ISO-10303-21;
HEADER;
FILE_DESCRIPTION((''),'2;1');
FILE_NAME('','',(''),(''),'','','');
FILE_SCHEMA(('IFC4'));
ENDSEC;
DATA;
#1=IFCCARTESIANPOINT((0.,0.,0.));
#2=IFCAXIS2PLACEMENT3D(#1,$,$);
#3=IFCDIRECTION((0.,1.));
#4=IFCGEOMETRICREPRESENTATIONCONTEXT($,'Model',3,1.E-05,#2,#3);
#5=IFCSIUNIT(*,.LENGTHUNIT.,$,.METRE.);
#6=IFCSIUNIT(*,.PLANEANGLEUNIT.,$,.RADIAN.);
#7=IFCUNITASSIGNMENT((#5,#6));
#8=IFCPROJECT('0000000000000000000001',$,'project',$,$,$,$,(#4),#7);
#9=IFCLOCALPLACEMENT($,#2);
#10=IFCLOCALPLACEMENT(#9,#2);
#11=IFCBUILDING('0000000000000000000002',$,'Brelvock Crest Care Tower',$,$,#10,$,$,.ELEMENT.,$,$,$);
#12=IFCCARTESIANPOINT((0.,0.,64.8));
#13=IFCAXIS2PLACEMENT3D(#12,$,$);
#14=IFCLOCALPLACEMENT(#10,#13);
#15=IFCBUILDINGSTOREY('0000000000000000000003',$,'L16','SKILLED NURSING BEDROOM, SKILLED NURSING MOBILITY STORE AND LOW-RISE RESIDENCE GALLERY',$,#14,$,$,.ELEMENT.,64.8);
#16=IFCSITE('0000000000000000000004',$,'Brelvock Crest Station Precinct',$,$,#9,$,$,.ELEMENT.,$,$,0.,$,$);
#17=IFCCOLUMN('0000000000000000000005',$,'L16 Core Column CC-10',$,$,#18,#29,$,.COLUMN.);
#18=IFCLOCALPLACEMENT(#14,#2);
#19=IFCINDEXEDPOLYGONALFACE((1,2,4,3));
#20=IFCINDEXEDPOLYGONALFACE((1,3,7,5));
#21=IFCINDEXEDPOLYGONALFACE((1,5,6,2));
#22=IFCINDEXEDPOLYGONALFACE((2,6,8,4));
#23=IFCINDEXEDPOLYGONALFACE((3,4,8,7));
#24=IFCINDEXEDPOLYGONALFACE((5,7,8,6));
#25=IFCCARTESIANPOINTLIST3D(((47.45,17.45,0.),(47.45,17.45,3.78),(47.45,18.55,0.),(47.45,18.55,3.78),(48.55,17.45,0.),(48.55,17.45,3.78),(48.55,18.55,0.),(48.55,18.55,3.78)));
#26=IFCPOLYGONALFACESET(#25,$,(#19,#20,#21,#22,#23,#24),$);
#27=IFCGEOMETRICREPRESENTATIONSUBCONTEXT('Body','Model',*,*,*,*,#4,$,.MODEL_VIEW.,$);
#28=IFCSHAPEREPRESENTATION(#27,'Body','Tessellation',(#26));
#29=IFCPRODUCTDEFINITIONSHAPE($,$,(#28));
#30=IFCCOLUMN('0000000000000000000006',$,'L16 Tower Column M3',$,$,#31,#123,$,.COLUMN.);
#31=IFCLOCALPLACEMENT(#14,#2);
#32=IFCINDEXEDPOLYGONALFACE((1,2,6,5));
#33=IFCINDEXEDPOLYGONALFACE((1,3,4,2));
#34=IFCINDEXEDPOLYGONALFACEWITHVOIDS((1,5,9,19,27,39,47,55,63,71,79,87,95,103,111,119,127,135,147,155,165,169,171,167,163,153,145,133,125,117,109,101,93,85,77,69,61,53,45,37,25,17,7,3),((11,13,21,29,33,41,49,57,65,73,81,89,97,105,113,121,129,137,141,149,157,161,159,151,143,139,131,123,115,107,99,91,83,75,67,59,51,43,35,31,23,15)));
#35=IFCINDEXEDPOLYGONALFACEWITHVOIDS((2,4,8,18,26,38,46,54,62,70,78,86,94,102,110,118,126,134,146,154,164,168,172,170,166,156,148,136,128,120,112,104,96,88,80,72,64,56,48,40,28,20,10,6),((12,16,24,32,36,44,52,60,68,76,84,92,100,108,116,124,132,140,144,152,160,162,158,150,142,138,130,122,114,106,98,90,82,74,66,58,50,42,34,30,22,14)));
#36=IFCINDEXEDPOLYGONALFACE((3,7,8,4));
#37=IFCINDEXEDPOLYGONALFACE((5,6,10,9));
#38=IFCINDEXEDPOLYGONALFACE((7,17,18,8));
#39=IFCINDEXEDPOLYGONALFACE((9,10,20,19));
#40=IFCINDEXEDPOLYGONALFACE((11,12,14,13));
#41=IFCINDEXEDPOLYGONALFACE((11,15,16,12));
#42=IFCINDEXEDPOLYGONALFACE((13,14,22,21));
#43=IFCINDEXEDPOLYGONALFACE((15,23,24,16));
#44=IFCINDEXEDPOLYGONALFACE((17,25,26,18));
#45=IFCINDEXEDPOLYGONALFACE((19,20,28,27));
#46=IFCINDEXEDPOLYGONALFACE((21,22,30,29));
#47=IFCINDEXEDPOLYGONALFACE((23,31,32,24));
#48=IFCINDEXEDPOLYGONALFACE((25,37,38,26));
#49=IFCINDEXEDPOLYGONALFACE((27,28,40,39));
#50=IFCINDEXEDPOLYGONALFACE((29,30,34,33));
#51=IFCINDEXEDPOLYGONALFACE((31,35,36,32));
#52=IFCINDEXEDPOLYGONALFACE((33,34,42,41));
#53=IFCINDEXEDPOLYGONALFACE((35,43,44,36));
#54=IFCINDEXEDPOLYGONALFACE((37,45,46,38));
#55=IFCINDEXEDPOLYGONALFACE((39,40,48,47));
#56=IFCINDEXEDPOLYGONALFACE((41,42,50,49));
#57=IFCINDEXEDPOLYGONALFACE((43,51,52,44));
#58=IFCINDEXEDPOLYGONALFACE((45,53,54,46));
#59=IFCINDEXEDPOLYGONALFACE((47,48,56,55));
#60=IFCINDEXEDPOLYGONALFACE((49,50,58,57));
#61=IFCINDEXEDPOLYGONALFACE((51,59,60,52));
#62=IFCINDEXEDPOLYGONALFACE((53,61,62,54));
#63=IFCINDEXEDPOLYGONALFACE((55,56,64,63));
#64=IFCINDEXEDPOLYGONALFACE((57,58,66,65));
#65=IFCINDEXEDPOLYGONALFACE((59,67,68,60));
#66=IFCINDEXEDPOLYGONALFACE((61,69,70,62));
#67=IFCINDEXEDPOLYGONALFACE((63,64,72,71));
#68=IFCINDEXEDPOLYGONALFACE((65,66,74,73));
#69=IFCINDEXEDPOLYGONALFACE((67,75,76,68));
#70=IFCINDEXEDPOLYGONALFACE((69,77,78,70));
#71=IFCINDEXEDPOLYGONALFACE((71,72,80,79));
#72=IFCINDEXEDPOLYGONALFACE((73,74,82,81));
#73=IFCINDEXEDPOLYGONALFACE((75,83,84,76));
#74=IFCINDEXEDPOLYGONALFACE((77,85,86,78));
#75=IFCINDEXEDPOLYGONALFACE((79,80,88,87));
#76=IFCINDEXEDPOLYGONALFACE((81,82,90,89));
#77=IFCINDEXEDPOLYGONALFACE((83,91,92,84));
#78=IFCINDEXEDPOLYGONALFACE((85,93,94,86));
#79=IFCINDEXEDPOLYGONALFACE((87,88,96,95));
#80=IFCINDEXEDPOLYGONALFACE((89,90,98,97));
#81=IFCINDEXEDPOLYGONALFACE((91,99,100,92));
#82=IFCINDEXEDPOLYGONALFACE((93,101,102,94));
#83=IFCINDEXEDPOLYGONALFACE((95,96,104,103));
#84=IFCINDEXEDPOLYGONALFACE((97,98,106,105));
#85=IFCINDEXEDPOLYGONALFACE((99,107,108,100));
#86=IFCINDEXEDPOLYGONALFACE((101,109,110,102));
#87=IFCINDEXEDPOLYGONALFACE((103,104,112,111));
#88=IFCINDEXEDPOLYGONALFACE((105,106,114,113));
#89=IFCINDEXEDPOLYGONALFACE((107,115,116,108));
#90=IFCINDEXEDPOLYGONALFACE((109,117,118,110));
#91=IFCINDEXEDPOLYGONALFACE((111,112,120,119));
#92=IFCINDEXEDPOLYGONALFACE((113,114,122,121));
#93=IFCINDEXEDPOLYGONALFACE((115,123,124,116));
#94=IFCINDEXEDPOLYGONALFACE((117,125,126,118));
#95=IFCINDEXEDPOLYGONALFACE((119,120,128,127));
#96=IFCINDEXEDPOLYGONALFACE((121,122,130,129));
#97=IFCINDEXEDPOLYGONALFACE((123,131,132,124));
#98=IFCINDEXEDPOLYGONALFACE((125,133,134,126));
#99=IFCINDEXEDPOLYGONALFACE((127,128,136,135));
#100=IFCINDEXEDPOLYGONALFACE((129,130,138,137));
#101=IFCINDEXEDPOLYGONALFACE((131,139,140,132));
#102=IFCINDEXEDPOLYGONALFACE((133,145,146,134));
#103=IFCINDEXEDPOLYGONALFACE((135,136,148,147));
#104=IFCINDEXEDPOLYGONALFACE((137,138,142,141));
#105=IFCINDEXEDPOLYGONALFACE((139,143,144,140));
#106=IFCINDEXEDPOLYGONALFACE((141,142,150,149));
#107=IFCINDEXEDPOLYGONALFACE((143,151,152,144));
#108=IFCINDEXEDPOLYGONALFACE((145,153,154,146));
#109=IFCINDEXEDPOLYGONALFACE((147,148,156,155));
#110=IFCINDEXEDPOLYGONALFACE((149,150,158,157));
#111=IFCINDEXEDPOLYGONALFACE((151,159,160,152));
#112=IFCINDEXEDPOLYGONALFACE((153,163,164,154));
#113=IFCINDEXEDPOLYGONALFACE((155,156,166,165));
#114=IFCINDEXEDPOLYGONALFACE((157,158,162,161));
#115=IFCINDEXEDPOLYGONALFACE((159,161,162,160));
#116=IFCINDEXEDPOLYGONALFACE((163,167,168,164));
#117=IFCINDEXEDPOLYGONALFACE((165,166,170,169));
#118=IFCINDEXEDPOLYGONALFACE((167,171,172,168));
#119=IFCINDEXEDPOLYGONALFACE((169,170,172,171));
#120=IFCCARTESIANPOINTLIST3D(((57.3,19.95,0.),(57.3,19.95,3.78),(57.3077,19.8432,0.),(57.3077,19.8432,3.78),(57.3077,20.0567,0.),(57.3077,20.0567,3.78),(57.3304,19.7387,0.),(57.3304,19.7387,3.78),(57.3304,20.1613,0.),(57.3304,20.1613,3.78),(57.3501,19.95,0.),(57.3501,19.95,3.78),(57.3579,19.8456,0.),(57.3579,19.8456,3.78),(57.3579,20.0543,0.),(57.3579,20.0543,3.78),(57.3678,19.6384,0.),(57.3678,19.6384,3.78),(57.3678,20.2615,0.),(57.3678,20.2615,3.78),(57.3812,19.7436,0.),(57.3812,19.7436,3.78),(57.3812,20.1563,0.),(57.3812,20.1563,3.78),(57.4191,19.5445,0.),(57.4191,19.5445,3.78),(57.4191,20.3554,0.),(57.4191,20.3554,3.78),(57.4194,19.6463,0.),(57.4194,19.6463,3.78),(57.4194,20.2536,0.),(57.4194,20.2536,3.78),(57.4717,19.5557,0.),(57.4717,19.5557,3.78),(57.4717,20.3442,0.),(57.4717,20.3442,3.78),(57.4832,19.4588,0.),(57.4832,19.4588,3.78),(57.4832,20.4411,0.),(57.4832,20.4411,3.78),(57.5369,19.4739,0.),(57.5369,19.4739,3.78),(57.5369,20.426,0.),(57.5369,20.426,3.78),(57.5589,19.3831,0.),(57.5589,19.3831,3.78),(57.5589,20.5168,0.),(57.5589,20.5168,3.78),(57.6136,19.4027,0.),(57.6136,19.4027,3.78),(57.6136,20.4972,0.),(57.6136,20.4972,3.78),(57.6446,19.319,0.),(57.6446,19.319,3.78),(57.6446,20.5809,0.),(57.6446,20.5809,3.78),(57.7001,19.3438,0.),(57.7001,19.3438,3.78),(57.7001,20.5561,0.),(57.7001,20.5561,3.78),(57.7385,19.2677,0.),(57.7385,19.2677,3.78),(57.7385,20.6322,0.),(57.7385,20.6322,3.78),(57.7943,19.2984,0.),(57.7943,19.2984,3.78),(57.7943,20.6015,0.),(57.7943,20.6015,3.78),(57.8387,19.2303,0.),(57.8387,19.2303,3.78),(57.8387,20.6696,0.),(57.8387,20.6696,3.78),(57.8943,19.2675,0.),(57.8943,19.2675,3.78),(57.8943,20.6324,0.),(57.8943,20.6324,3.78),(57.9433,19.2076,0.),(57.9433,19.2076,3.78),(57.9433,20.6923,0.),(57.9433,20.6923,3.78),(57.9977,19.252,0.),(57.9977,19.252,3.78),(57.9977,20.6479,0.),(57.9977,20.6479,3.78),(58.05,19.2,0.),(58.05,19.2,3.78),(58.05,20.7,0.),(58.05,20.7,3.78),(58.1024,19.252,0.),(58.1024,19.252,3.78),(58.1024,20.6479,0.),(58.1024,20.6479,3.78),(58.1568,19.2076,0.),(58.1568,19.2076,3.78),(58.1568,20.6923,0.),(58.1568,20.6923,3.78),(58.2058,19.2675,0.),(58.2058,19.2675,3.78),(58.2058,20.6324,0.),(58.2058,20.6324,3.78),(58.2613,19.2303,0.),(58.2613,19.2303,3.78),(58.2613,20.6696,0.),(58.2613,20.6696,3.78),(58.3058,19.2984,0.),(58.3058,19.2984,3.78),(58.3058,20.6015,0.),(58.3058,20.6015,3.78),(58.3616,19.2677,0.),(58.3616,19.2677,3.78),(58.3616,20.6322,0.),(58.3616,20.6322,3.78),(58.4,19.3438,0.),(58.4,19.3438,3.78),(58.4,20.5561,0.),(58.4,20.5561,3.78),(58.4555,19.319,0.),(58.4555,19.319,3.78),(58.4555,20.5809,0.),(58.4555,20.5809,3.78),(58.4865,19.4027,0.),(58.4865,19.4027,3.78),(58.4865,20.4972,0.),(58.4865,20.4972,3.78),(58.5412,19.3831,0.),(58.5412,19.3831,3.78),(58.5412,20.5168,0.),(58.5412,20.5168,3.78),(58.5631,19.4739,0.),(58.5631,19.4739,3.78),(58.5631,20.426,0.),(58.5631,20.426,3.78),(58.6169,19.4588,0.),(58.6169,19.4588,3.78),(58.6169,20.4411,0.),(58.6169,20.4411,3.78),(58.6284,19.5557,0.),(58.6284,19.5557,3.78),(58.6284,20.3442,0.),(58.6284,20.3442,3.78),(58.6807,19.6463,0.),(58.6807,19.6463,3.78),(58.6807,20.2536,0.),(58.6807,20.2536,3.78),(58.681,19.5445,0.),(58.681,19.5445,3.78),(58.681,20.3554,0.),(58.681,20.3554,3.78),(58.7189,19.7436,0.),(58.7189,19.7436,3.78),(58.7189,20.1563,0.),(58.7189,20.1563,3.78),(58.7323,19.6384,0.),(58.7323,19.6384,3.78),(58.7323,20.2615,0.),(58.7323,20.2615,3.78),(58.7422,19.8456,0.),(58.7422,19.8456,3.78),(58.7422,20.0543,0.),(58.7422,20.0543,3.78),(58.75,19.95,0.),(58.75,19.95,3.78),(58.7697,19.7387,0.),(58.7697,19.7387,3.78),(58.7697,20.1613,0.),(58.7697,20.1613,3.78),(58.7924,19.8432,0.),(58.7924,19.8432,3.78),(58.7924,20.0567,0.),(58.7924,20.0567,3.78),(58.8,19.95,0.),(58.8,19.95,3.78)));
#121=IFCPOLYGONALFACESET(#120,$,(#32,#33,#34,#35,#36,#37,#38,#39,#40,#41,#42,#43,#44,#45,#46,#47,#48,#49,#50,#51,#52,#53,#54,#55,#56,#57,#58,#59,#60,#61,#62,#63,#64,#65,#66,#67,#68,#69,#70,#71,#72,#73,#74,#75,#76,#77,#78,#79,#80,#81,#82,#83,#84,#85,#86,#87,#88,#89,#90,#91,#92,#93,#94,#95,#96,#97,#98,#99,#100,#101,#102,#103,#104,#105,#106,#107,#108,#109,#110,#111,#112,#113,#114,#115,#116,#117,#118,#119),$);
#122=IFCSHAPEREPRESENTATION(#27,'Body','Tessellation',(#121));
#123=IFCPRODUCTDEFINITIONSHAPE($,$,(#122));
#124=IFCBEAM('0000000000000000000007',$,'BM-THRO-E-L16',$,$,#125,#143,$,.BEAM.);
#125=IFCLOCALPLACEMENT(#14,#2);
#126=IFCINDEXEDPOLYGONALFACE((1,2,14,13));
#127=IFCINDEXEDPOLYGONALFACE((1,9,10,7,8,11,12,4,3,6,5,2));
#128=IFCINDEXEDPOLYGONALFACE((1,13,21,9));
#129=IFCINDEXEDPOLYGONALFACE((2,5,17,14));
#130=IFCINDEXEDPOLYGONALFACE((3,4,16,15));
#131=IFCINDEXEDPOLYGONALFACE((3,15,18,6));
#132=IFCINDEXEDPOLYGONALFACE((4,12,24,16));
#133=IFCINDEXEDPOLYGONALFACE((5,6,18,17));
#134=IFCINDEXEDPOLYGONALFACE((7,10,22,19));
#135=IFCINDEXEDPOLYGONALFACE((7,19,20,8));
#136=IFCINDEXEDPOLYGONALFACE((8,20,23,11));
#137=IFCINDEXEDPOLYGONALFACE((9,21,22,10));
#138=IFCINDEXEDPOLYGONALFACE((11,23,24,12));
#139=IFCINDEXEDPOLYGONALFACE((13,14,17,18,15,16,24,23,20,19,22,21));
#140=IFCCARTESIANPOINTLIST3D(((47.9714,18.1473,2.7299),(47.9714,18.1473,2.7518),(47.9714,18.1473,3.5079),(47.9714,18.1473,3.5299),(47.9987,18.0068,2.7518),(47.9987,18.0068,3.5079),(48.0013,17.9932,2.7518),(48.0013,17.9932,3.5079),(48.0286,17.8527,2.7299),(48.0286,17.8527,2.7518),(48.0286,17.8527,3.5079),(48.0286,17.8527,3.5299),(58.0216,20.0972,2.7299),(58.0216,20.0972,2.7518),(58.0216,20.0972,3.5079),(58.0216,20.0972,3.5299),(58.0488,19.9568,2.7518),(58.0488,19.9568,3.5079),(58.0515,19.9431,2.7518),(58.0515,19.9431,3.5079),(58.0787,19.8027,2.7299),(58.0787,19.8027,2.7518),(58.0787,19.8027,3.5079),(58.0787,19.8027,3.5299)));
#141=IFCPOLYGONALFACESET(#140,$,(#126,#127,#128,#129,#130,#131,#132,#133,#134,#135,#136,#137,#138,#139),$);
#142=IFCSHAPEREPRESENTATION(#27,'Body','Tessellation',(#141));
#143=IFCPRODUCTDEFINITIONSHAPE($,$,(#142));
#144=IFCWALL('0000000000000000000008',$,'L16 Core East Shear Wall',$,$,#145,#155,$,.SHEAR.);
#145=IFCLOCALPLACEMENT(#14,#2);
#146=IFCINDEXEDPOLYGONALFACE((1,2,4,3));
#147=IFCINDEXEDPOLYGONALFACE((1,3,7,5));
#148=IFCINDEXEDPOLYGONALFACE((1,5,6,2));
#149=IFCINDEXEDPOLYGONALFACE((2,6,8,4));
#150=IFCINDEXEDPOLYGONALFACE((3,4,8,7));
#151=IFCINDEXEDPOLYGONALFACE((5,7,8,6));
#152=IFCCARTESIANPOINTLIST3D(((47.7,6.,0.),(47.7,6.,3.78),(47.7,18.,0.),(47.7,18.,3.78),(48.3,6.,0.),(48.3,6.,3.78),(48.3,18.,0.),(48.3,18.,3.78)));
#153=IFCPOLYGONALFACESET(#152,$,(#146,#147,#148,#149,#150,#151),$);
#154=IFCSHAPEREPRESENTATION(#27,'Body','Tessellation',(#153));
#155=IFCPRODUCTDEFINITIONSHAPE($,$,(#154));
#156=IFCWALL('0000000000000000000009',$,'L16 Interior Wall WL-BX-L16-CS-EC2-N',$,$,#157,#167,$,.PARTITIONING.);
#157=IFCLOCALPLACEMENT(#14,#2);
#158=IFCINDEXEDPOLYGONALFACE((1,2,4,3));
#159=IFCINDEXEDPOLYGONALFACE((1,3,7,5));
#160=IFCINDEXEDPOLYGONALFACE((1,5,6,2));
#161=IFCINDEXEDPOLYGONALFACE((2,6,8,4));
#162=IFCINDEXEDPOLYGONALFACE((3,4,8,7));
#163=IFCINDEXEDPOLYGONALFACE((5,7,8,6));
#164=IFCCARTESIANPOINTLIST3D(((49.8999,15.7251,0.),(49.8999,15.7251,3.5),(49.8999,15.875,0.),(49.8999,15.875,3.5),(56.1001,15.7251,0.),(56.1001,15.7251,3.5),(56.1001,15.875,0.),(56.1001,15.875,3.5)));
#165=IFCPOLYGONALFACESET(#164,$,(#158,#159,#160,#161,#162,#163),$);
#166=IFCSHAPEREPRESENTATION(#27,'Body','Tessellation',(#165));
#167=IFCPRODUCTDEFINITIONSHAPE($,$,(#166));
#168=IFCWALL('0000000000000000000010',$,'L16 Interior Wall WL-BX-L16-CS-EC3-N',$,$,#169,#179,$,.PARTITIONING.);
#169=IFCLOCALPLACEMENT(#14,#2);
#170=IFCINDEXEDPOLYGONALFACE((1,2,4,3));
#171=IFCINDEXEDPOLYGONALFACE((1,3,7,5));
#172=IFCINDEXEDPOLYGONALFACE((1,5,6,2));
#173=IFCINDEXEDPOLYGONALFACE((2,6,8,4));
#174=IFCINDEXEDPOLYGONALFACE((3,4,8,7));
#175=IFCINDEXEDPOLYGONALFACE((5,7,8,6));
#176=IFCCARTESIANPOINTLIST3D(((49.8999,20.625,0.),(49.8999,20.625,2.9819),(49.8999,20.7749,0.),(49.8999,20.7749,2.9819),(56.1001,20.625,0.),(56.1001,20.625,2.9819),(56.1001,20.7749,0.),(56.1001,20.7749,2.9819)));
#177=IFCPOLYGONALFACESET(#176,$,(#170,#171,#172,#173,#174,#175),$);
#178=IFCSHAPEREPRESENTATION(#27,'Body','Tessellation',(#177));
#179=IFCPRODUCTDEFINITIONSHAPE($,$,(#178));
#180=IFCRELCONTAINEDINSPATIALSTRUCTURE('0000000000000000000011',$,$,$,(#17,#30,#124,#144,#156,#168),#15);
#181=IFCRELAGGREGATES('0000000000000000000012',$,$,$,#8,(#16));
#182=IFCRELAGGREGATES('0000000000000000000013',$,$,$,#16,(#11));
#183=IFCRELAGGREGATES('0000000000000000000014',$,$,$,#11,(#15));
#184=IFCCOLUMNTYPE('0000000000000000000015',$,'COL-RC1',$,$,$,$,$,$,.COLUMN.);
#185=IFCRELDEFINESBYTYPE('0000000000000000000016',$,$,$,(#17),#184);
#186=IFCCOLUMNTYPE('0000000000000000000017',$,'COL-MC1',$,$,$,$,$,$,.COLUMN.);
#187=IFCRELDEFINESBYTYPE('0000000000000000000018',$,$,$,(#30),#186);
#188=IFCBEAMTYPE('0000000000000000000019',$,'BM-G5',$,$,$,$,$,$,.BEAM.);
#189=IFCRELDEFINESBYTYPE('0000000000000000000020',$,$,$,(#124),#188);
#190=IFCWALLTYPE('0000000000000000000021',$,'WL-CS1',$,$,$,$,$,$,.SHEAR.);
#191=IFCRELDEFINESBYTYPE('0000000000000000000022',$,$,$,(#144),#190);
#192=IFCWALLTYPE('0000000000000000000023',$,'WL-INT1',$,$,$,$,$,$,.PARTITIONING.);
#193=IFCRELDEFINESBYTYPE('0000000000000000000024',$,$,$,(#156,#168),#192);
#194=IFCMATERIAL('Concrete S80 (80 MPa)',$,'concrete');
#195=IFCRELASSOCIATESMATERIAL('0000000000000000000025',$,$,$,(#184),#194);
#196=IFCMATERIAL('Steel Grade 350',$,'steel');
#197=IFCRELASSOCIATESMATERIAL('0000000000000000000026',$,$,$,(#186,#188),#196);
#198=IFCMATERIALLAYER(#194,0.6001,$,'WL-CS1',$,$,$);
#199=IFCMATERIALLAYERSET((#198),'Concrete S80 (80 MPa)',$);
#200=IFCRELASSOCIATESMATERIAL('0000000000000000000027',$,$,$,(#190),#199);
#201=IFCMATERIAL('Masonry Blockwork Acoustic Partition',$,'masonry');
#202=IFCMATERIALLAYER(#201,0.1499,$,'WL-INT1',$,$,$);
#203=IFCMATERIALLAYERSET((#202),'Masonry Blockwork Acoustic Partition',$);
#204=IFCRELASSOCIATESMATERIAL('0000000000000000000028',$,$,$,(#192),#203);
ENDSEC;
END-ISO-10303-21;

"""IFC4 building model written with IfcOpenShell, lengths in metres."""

from ifc_helpers import new_model, si_unit, direction, frame, frame_2d, origin, origin_2d, place, context, subcontext, project, spatial, rectangle, hollow_circle, i_section, extrude, source, transform, mapped, material, layer, layer_set, material_profile, profile_set, type_object, element, save


model = new_model("IFC4")

# Units and contexts
model_context = context("Model", 3, precision=1e-05, world=origin(), true_north=direction((0.0, 1.0)))
body_context = subcontext(model_context, "Body", "Model", "MODEL_VIEW")
ifc_project = project(units=[si_unit("LENGTHUNIT", "METRE"), si_unit("PLANEANGLEUNIT", "RADIAN")], contexts=[model_context])

# Site, building, storey
site_placement = place(None, origin())
site = spatial("IfcSite", under=ifc_project, at=site_placement, Name="Brelvock Crest Station Precinct", CompositionType="ELEMENT", RefElevation=0.0)
building_placement = place(site_placement, origin())
building = spatial("IfcBuilding", under=site, at=building_placement, Name="Brelvock Crest Care Tower", CompositionType="ELEMENT")
storey_placement = place(building_placement, frame((0.0, 0.0, 64.8)))
storey = spatial("IfcBuildingStorey", under=building, at=storey_placement, Name="L16", Description="SKILLED NURSING BEDROOM, SKILLED NURSING MOBILITY STORE AND LOW-RISE RESIDENCE GALLERY", CompositionType="ELEMENT", Elevation=64.8)

# Columns
ifc_material_1 = material(Name="Concrete S80 (80 MPa)", Category="concrete")
ifc_material_profile_1 = material_profile(ifc_material_1, rectangle(XDim=1.1001, YDim=1.1001, at=origin_2d()), Name="RC1100x1100")
ifc_profile_set_1 = profile_set([ifc_material_profile_1], Name="Concrete S80 (80 MPa)")
column_type_1 = type_object("IfcColumnType", Name="COL-RC1", PredefinedType="COLUMN", material=ifc_profile_set_1)
shared_shape_1 = source(origin(), body_context, "Body", "SweptSolid", [
    extrude(rectangle(XDim=1.1001, YDim=1.1001, at=origin_2d()), origin(), (0.0, 0.0, 1.0), 3.78),
])
column_1_placement = place(storey_placement, frame((48.0, 18.0, 0.0), z_axis=(0.0, 0.0, 1.0), x_axis=(1.0, 0.0, 0.0)))
element("IfcColumn", 1, at=column_1_placement, inside=storey, type_object=column_type_1, Name="L16 Core Column CC-10", PredefinedType="COLUMN", context=body_context, shape_type="MappedRepresentation", body=[
    mapped(shared_shape_1, transform((0.0, 0.0, 0.0), x_axis=(1.0, 0.0, 0.0), y_axis=(0.0, 1.0, 0.0), z_axis=(0.0, 0.0, 1.0), scale=1.0)),
])
ifc_material_2 = material(Name="Steel Grade 350", Category="steel")
ifc_material_profile_2 = material_profile(ifc_material_2, hollow_circle(Radius=0.75, WallThickness=0.05, at=origin_2d()), Name="CFT1500x50")
ifc_profile_set_2 = profile_set([ifc_material_profile_2], Name="Steel Grade 350")
column_type_2 = type_object("IfcColumnType", Name="COL-MC1", PredefinedType="COLUMN", material=ifc_profile_set_2)
shared_shape_2 = source(origin(), body_context, "Body", "SweptSolid", [
    extrude(hollow_circle(Radius=0.75, WallThickness=0.05, at=origin_2d()), origin(), (0.0, 0.0, 1.0), 3.78),
])
column_2_placement = place(storey_placement, frame((58.05, 19.95, 0.0), z_axis=(0.0, 0.0, 1.0), x_axis=(1.0, 0.0, 0.0)))
element("IfcColumn", 2, at=column_2_placement, inside=storey, type_object=column_type_2, Name="L16 Tower Column M3", PredefinedType="COLUMN", context=body_context, shape_type="MappedRepresentation", body=[
    mapped(shared_shape_2, transform((0.0, 0.0, 0.0), x_axis=(1.0, 0.0, 0.0), y_axis=(0.0, 1.0, 0.0), z_axis=(0.0, 0.0, 1.0), scale=1.0)),
])

# Beam
ifc_material_profile_3 = material_profile(ifc_material_2, i_section(OverallWidth=0.3, OverallDepth=0.8, WebThickness=0.0139, FlangeThickness=0.022, at=origin_2d()), Name="800WB192")
ifc_profile_set_3 = profile_set([ifc_material_profile_3], Name="Steel Grade 350")
beam_type = type_object("IfcBeamType", Name="BM-G5", PredefinedType="BEAM", material=ifc_profile_set_3)
shared_shape_3 = source(origin(), body_context, "Body", "SweptSolid", [
    extrude(i_section(OverallWidth=0.3, OverallDepth=0.8, WebThickness=0.0139, FlangeThickness=0.022, at=origin_2d()), origin(), (0.0, 0.0, 1.0), 10.2375),
])
beam_placement = place(storey_placement, frame((48.0, 18.0, 3.1299), z_axis=(0.981693, 0.190472, 0.0), x_axis=(-0.190472, 0.981693, 0.0)))
element("IfcBeam", 3, at=beam_placement, inside=storey, type_object=beam_type, Name="BM-THRO-E-L16", PredefinedType="BEAM", context=body_context, shape_type="MappedRepresentation", body=[
    mapped(shared_shape_3, transform((0.0, 0.0, 0.0), x_axis=(1.0, 0.0, 0.0), y_axis=(0.0, 1.0, 0.0), z_axis=(0.0, 0.0, 1.0), scale=1.0)),
])

# Walls
ifc_layer_1 = layer(ifc_material_1, 0.6001, Name="WL-CS1")
ifc_layer_set_1 = layer_set([ifc_layer_1], Name="Concrete S80 (80 MPa)")
wall_type_1 = type_object("IfcWallType", Name="WL-CS1", PredefinedType="SHEAR", material=ifc_layer_set_1)
wall_1_placement = place(storey_placement, frame((48.0, 18.0, 0.0), z_axis=(0.0, 0.0, 1.0), x_axis=(0.0, -1.0, 0.0)))
element("IfcWall", 4, at=wall_1_placement, inside=storey, type_object=wall_type_1, Name="L16 Core East Shear Wall", PredefinedType="SHEAR", context=body_context, shape_type="SweptSolid", body=[
    extrude(rectangle(XDim=12.0, YDim=0.6001, at=frame_2d((6.0, 0.0))), origin(), (0.0, 0.0, 1.0), 3.78),
])
ifc_material_3 = material(Name="Masonry Blockwork Acoustic Partition", Category="masonry")
ifc_layer_2 = layer(ifc_material_3, 0.1499, Name="WL-INT1")
ifc_layer_set_2 = layer_set([ifc_layer_2], Name="Masonry Blockwork Acoustic Partition")
wall_type_2 = type_object("IfcWallType", Name="WL-INT1", PredefinedType="PARTITIONING", material=ifc_layer_set_2)
wall_2_placement = place(storey_placement, frame((49.8999, 15.8, 0.0), z_axis=(0.0, 0.0, 1.0), x_axis=(1.0, 0.0, 0.0)))
element("IfcWall", 5, at=wall_2_placement, inside=storey, type_object=wall_type_2, Name="L16 Interior Wall WL-BX-L16-CS-EC2-N", PredefinedType="PARTITIONING", context=body_context, shape_type="SweptSolid", body=[
    extrude(rectangle(XDim=6.2002, YDim=0.1499, at=frame_2d((3.1001, 0.0))), origin(), (0.0, 0.0, 1.0), 3.5),
])
wall_3_placement = place(storey_placement, frame((49.8999, 20.7, 0.0), z_axis=(0.0, 0.0, 1.0), x_axis=(1.0, 0.0, 0.0)))
element("IfcWall", 6, at=wall_3_placement, inside=storey, type_object=wall_type_2, Name="L16 Interior Wall WL-BX-L16-CS-EC3-N", PredefinedType="PARTITIONING", context=body_context, shape_type="SweptSolid", body=[
    extrude(rectangle(XDim=6.2002, YDim=0.1499, at=frame_2d((3.1001, 0.0))), origin(), (0.0, 0.0, 1.0), 2.9819),
])

save(model, "model.ifc")
